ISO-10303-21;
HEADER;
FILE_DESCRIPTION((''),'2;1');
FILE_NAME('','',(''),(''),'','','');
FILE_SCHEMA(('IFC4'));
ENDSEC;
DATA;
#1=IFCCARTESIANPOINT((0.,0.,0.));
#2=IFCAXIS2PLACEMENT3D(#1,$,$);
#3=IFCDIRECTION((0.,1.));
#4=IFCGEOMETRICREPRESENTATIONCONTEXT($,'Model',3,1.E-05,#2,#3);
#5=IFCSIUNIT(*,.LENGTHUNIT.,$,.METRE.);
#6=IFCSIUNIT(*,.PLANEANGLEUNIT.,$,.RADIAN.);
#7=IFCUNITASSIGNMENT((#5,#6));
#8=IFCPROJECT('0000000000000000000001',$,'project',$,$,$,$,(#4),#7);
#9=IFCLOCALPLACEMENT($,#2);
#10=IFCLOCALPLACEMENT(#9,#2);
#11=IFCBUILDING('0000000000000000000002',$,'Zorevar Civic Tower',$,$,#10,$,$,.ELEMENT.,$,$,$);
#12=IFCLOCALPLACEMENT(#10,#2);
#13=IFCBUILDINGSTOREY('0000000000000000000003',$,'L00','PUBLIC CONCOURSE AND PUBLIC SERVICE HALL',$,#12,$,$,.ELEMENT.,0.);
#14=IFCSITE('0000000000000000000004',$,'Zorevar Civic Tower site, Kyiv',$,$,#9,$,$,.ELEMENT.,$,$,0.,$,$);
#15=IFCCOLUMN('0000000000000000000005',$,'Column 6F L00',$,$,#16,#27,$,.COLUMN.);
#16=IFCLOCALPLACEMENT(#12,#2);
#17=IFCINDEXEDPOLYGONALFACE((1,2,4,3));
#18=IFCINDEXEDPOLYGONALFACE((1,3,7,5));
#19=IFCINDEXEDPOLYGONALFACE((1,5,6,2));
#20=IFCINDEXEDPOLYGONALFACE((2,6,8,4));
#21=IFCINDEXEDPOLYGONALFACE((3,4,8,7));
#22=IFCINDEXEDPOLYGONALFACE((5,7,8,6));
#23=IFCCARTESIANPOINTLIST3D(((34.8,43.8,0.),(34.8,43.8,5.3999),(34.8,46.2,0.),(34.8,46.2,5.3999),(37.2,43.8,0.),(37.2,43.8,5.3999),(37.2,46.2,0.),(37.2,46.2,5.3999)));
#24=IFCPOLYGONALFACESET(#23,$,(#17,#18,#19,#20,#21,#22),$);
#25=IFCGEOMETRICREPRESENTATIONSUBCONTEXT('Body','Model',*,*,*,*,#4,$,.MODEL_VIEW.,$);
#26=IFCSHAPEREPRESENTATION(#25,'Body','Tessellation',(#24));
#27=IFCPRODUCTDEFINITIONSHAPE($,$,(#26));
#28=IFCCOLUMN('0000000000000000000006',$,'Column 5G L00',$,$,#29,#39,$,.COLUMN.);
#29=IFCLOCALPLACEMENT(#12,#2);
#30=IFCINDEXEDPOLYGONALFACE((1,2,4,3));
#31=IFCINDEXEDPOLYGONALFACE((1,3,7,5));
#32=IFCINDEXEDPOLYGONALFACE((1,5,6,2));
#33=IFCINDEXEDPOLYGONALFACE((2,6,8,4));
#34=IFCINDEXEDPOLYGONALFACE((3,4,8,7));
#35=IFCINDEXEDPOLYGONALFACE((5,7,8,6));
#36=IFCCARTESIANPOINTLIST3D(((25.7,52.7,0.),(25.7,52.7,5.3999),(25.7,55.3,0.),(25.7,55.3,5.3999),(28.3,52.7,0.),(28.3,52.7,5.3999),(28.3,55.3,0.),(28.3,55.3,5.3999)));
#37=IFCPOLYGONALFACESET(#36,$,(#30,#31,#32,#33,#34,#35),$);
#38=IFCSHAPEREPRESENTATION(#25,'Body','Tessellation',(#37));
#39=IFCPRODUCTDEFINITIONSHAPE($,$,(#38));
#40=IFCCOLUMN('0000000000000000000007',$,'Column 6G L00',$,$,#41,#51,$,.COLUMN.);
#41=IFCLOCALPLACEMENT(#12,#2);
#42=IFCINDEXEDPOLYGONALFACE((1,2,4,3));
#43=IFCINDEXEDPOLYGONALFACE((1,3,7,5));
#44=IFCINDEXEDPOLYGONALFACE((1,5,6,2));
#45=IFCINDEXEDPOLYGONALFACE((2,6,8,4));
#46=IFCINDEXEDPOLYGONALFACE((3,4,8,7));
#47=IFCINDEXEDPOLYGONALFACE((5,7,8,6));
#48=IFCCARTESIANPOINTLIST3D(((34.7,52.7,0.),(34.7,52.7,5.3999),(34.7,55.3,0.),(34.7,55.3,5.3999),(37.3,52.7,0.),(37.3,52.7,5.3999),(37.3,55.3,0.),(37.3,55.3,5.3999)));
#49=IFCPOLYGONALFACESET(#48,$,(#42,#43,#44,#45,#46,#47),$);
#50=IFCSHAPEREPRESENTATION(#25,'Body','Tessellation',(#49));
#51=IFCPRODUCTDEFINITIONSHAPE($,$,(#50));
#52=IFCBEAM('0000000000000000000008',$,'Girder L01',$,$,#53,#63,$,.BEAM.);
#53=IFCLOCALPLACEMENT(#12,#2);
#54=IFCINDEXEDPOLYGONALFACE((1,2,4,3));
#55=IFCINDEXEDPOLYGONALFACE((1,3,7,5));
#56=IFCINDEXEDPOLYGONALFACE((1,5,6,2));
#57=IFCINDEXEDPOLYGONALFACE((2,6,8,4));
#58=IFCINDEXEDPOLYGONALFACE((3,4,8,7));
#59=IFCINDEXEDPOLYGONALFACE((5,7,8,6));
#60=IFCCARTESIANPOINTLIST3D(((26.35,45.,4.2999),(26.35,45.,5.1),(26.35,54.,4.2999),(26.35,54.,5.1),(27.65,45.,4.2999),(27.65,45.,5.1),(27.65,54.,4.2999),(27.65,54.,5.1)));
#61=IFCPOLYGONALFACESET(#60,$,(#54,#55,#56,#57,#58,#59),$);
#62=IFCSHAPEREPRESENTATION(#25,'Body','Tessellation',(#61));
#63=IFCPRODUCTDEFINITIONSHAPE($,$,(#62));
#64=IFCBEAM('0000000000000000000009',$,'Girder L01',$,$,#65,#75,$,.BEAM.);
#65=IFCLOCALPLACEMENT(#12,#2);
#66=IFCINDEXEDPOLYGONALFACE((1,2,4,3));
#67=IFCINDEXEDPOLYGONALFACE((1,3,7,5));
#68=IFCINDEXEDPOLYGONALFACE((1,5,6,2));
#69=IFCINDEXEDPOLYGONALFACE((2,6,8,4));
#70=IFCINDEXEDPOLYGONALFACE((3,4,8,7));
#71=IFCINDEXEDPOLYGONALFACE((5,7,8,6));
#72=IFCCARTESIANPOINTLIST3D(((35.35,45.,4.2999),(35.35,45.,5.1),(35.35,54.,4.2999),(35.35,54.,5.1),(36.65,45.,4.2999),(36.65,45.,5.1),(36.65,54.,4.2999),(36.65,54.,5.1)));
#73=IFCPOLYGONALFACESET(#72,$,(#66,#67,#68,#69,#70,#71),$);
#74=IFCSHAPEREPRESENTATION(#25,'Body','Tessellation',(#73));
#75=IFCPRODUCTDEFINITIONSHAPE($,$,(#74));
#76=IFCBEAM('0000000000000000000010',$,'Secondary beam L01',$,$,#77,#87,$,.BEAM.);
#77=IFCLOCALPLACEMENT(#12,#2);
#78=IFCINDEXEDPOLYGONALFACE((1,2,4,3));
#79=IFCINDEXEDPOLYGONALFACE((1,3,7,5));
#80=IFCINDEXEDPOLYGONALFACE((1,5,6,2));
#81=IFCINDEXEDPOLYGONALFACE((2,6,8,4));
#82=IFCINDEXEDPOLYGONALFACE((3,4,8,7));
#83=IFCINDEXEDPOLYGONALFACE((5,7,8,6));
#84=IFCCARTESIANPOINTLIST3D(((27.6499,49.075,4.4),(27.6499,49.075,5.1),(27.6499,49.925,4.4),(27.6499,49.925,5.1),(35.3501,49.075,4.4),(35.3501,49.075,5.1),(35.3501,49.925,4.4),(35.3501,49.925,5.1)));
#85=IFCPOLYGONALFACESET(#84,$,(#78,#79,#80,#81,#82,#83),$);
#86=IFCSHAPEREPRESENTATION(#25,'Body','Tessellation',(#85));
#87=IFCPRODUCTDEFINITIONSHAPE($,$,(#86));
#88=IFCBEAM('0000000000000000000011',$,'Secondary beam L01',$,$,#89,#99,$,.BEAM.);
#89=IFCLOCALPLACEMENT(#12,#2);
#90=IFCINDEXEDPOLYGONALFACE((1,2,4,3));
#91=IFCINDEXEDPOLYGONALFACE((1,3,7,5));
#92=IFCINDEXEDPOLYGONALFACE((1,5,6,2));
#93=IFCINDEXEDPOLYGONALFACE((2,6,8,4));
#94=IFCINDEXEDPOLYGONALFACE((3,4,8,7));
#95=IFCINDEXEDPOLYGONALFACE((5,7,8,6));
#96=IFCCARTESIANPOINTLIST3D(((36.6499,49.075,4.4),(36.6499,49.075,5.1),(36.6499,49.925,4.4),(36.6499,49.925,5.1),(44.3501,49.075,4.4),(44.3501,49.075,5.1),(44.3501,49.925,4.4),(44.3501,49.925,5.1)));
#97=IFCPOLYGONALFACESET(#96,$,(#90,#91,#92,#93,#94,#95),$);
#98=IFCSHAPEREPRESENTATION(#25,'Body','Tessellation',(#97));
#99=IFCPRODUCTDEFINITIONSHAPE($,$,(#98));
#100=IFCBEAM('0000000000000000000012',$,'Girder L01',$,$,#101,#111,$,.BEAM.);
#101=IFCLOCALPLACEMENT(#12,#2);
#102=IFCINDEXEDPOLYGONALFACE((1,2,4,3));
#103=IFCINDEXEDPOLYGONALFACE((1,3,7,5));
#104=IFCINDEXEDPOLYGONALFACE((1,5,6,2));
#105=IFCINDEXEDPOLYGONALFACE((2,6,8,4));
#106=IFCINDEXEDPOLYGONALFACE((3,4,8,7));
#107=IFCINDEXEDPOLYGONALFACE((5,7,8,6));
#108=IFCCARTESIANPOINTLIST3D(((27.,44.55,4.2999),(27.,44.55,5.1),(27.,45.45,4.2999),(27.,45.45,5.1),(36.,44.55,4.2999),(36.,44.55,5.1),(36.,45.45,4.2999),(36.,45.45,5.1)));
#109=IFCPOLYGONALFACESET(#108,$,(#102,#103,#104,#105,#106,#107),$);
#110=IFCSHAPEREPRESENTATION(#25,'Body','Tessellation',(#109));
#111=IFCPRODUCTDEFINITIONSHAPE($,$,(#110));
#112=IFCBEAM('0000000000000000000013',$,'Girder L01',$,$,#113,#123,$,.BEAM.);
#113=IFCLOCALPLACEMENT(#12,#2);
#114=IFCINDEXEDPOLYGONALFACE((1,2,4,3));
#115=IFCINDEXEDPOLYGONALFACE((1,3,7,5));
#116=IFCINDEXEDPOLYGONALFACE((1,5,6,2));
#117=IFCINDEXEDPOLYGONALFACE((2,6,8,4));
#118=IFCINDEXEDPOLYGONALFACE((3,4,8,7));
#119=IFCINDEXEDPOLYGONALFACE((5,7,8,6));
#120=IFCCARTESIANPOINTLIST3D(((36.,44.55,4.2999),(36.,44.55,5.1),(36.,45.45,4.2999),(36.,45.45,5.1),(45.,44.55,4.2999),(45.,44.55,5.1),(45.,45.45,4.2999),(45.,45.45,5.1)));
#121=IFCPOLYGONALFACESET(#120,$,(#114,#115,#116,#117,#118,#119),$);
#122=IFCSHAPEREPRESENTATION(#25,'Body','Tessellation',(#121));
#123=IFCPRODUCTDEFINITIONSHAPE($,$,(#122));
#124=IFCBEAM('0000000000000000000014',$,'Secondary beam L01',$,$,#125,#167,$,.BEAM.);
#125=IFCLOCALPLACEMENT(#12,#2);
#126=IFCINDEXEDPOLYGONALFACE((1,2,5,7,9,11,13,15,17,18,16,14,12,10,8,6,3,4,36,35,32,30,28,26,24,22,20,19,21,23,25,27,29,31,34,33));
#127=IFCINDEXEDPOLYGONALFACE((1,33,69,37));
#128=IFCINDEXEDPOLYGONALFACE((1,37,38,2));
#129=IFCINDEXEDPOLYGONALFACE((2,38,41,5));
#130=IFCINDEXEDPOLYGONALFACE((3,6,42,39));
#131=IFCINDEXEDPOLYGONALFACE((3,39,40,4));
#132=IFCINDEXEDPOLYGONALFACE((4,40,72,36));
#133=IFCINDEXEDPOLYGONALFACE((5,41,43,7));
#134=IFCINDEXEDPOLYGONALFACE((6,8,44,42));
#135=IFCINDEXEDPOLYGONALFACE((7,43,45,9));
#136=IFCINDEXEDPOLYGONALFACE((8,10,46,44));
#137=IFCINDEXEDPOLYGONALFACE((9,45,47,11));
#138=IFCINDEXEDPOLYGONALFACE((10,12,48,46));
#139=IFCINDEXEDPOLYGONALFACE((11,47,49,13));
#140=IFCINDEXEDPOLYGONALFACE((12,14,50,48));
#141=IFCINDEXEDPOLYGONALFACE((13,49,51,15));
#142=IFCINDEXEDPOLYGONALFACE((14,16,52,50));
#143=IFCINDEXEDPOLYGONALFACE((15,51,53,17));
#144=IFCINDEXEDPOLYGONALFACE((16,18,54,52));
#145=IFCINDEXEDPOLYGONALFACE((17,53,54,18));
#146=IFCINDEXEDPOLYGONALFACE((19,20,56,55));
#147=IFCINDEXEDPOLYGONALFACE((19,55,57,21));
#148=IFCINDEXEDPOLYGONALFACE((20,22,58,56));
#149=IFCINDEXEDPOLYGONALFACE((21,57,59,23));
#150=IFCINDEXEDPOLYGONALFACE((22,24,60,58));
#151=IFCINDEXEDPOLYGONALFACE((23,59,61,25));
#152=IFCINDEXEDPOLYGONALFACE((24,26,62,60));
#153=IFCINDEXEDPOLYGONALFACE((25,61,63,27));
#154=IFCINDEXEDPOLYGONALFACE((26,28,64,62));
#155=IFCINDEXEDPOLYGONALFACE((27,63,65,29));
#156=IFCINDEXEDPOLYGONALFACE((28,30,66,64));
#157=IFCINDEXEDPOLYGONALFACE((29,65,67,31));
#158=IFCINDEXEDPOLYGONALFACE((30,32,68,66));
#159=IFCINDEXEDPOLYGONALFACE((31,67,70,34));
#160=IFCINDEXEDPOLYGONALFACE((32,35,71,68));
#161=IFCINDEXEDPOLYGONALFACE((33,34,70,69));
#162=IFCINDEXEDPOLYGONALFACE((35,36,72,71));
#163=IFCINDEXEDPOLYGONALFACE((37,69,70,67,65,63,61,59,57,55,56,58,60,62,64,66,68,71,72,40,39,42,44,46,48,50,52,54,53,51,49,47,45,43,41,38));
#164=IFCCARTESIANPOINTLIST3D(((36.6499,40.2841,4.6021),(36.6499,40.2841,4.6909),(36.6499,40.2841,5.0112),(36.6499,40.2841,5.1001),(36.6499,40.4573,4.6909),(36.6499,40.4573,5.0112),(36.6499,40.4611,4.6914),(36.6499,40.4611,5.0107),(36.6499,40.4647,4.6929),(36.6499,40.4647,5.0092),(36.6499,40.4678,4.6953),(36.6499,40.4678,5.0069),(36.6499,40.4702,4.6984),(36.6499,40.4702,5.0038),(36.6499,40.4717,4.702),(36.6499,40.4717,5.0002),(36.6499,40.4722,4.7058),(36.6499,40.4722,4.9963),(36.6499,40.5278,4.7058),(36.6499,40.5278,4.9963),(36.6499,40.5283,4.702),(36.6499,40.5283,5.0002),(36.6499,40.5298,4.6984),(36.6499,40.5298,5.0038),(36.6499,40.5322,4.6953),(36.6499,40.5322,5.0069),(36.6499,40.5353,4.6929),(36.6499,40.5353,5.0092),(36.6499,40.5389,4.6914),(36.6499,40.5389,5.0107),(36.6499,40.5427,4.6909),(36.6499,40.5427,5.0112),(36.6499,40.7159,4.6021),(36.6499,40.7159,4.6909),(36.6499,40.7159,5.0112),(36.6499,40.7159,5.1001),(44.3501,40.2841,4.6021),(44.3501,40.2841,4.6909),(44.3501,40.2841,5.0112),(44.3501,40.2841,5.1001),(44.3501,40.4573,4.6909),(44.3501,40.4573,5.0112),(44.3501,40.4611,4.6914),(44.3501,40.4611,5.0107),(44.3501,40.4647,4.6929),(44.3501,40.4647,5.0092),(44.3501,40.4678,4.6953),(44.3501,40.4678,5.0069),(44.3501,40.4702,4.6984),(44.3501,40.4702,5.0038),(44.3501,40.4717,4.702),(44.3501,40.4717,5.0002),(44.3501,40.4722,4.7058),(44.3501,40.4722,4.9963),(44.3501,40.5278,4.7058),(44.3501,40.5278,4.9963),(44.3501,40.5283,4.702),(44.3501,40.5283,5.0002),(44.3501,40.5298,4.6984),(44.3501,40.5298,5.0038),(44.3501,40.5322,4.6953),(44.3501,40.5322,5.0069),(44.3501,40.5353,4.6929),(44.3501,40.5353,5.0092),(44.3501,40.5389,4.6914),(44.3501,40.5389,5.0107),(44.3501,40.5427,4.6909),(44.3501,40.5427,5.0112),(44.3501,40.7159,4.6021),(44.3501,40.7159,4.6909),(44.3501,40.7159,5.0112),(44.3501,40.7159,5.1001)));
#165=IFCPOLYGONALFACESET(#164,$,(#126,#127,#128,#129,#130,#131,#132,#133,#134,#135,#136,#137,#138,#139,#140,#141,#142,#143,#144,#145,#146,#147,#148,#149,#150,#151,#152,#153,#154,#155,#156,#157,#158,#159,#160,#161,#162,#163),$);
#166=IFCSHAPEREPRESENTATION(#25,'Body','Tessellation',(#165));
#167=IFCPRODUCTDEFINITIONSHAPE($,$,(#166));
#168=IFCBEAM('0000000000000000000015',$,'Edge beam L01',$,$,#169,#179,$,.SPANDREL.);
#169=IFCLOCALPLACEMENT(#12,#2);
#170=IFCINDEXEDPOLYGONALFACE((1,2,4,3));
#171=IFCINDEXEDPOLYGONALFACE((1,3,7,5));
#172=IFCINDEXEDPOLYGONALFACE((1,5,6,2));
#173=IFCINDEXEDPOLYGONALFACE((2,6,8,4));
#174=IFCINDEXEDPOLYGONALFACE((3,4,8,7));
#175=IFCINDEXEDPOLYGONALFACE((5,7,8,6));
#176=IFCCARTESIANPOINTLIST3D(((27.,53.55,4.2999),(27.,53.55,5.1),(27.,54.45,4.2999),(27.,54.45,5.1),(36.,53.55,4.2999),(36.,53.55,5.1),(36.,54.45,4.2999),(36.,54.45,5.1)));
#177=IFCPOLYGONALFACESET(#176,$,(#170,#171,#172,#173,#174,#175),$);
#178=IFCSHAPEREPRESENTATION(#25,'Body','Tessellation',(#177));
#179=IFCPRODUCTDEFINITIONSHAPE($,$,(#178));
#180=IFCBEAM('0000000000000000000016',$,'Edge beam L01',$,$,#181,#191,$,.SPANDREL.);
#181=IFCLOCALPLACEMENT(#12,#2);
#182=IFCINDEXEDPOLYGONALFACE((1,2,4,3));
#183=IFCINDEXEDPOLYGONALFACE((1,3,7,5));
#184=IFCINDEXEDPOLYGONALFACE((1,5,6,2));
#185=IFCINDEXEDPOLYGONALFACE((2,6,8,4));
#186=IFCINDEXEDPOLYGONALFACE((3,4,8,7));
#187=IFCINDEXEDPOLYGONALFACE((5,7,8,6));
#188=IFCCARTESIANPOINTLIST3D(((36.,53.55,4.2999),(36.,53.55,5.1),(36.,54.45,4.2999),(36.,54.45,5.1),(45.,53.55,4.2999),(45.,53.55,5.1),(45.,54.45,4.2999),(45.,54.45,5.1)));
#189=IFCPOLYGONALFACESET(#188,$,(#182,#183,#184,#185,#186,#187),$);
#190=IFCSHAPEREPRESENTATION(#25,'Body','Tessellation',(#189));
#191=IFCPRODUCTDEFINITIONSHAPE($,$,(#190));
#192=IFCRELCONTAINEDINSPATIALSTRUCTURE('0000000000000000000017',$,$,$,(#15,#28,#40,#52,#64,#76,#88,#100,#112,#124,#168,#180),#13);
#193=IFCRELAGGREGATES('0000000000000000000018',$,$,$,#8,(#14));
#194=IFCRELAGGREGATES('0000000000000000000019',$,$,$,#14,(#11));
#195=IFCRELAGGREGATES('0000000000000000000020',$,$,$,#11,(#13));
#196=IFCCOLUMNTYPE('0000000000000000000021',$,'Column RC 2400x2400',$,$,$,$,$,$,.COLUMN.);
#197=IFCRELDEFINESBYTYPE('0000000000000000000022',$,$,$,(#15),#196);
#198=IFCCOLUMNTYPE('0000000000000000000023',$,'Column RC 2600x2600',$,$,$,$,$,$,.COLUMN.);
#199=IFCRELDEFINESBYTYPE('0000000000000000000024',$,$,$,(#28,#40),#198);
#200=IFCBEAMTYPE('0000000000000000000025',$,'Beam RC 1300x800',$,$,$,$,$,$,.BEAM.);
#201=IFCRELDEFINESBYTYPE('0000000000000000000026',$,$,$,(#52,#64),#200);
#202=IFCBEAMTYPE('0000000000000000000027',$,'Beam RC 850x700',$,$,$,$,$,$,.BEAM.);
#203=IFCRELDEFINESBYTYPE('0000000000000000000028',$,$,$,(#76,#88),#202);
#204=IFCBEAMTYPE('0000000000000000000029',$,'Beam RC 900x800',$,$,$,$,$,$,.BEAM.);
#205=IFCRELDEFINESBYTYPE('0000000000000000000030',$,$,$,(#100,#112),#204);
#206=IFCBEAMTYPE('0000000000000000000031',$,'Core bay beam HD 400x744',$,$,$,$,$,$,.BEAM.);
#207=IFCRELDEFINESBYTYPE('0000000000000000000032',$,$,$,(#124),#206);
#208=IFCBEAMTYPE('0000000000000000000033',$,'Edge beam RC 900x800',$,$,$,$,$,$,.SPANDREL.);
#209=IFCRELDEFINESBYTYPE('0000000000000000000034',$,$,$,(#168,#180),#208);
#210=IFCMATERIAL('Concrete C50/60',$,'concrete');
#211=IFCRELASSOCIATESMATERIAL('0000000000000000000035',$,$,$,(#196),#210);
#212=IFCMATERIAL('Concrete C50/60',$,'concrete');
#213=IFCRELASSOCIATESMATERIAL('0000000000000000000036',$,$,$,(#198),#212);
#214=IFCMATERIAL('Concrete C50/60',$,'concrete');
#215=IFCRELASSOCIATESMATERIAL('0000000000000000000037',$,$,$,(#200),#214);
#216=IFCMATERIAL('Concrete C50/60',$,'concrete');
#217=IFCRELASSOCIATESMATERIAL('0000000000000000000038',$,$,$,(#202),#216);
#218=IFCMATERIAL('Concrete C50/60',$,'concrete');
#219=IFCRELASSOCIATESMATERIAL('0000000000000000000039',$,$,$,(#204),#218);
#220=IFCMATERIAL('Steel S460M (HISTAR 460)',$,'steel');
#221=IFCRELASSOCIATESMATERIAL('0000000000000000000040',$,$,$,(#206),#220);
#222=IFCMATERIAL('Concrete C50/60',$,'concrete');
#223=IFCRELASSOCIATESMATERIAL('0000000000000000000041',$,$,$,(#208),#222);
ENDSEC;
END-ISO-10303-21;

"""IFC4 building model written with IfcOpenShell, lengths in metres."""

from ifc_helpers import new_model, si_unit, direction, frame, origin, origin_2d, place, context, subcontext, project, spatial, rectangle, i_section, extrude, material, material_profile, profile_set, type_object, element, save


model = new_model("IFC4")

# Units and contexts
model_context = context("Model", 3, precision=1e-05, world=origin(), true_north=direction((0.0, 1.0)))
body_context = subcontext(model_context, "Body", "Model", "MODEL_VIEW")
ifc_project = project(units=[si_unit("LENGTHUNIT", "METRE"), si_unit("PLANEANGLEUNIT", "RADIAN")], contexts=[model_context])

# Site, building, storey
site_placement = place(None, origin())
site = spatial("IfcSite", under=ifc_project, at=site_placement, Name="Zorevar Civic Tower site, Kyiv", CompositionType="ELEMENT", RefElevation=0.0)
building_placement = place(site_placement, origin())
building = spatial("IfcBuilding", under=site, at=building_placement, Name="Zorevar Civic Tower", CompositionType="ELEMENT")
storey_placement = place(building_placement, origin())
storey = spatial("IfcBuildingStorey", under=building, at=storey_placement, Name="L00", Description="PUBLIC CONCOURSE AND PUBLIC SERVICE HALL", CompositionType="ELEMENT", Elevation=0.0)

# Columns
ifc_material_1 = material(Name="Concrete C50/60", Category="concrete")
ifc_material_profile_1 = material_profile(ifc_material_1, rectangle(XDim=2.3999, YDim=2.3999, at=origin_2d()), Name="RC 2400x2400")
ifc_profile_set_1 = profile_set([ifc_material_profile_1], Name="Concrete C50/60")
column_type_1 = type_object("IfcColumnType", Name="Column RC 2400x2400", PredefinedType="COLUMN", material=ifc_profile_set_1)
column_placement = place(storey_placement, frame((36.0, 45.0, 0.0), z_axis=(0.0, 0.0, 1.0), x_axis=(1.0, 0.0, 0.0)))
element("IfcColumn", 1, at=column_placement, inside=storey, type_object=column_type_1, Name="Column 6F L00", PredefinedType="COLUMN", context=body_context, shape_type="SweptSolid", body=[
    extrude(rectangle(XDim=2.3999, YDim=2.3999, at=origin_2d()), origin(), (0.0, 0.0, 1.0), 5.3999),
])
ifc_material_2 = material(Name="Concrete C50/60", Category="concrete")
ifc_material_profile_2 = material_profile(ifc_material_2, rectangle(XDim=2.6001, YDim=2.6001, at=origin_2d()), Name="RC 2600x2600")
ifc_profile_set_2 = profile_set([ifc_material_profile_2], Name="Concrete C50/60")
column_type_2 = type_object("IfcColumnType", Name="Column RC 2600x2600", PredefinedType="COLUMN", material=ifc_profile_set_2)
for number, where, z_axis, x_axis, name in (
    (2, (27.0, 54.0, 0.0), (0.0, 0.0, 1.0), (1.0, 0.0, 0.0), "Column 5G L00"),
    (3, (36.0, 54.0, 0.0), (0.0, 0.0, 1.0), (1.0, 0.0, 0.0), "Column 6G L00"),
):
    element("IfcColumn", number, at=place(storey_placement, frame(where, z_axis=z_axis, x_axis=x_axis)), inside=storey, type_object=column_type_2, Name=name, PredefinedType="COLUMN", context=body_context, shape_type="SweptSolid", body=[
        extrude(rectangle(XDim=2.6001, YDim=2.6001, at=origin_2d()), origin(), (0.0, 0.0, 1.0), 5.3999),
    ])

# Beams
ifc_material_3 = material(Name="Concrete C50/60", Category="concrete")
ifc_material_profile_3 = material_profile(ifc_material_3, rectangle(XDim=1.3, YDim=0.8, at=origin_2d()), Name="RC 1300x800")
ifc_profile_set_3 = profile_set([ifc_material_profile_3], Name="Concrete C50/60")
beam_type_1 = type_object("IfcBeamType", Name="Beam RC 1300x800", PredefinedType="BEAM", material=ifc_profile_set_3)
for number, where, z_axis, x_axis, name in (
    (4, (27.0, 45.0, 4.7), (0.0, 1.0, 0.0), (-1.0, 0.0, 0.0), "Girder L01"),
    (5, (36.0, 45.0, 4.7), (0.0, 1.0, 0.0), (-1.0, 0.0, 0.0), "Girder L01"),
):
    element("IfcBeam", number, at=place(storey_placement, frame(where, z_axis=z_axis, x_axis=x_axis)), inside=storey, type_object=beam_type_1, Name=name, PredefinedType="BEAM", context=body_context, shape_type="SweptSolid", body=[
        extrude(rectangle(XDim=1.3, YDim=0.8, at=origin_2d()), origin(), (0.0, 0.0, 1.0), 9.0),
    ])
ifc_material_4 = material(Name="Concrete C50/60", Category="concrete")
ifc_material_profile_4 = material_profile(ifc_material_4, rectangle(XDim=0.8501, YDim=0.7, at=origin_2d()), Name="RC 850x700")
ifc_profile_set_4 = profile_set([ifc_material_profile_4], Name="Concrete C50/60")
beam_type_2 = type_object("IfcBeamType", Name="Beam RC 850x700", PredefinedType="BEAM", material=ifc_profile_set_4)
for number, where, z_axis, x_axis, name in (
    (6, (27.6499, 49.5, 4.75), (1.0, 0.0, 0.0), (0.0, 1.0, 0.0), "Secondary beam L01"),
    (7, (36.6499, 49.5, 4.75), (1.0, 0.0, 0.0), (0.0, 1.0, 0.0), "Secondary beam L01"),
):
    element("IfcBeam", number, at=place(storey_placement, frame(where, z_axis=z_axis, x_axis=x_axis)), inside=storey, type_object=beam_type_2, Name=name, PredefinedType="BEAM", context=body_context, shape_type="SweptSolid", body=[
        extrude(rectangle(XDim=0.8501, YDim=0.7, at=origin_2d()), origin(), (0.0, 0.0, 1.0), 7.7002),
    ])
ifc_material_5 = material(Name="Concrete C50/60", Category="concrete")
ifc_material_profile_5 = material_profile(ifc_material_5, rectangle(XDim=0.8999, YDim=0.8, at=origin_2d()), Name="RC 900x800")
ifc_profile_set_5 = profile_set([ifc_material_profile_5], Name="Concrete C50/60")
beam_type_3 = type_object("IfcBeamType", Name="Beam RC 900x800", PredefinedType="BEAM", material=ifc_profile_set_5)
for number, where, z_axis, x_axis, name in (
    (8, (27.0, 45.0, 4.7), (1.0, 0.0, 0.0), (0.0, 1.0, 0.0), "Girder L01"),
    (9, (36.0, 45.0, 4.7), (1.0, 0.0, 0.0), (0.0, 1.0, 0.0), "Girder L01"),
):
    element("IfcBeam", number, at=place(storey_placement, frame(where, z_axis=z_axis, x_axis=x_axis)), inside=storey, type_object=beam_type_3, Name=name, PredefinedType="BEAM", context=body_context, shape_type="SweptSolid", body=[
        extrude(rectangle(XDim=0.8999, YDim=0.8, at=origin_2d()), origin(), (0.0, 0.0, 1.0), 9.0),
    ])
ifc_material_6 = material(Name="Steel S460M (HISTAR 460)", Category="steel")
ifc_material_profile_6 = material_profile(ifc_material_6, i_section(OverallWidth=0.4319, OverallDepth=0.498, WebThickness=0.0557, FlangeThickness=0.0889, FilletRadius=0.0149, at=origin_2d()), Name="HD 400x744")
ifc_profile_set_6 = profile_set([ifc_material_profile_6], Name="Steel S460M (HISTAR 460)")
beam_type_4 = type_object("IfcBeamType", Name="Core bay beam HD 400x744", PredefinedType="BEAM", material=ifc_profile_set_6)
beam_placement = place(storey_placement, frame((36.6499, 40.5, 4.8511), z_axis=(1.0, 0.0, 0.0), x_axis=(0.0, 1.0, 0.0)))
element("IfcBeam", 10, at=beam_placement, inside=storey, type_object=beam_type_4, Name="Secondary beam L01", PredefinedType="BEAM", context=body_context, shape_type="SweptSolid", body=[
    extrude(i_section(OverallWidth=0.4319, OverallDepth=0.498, WebThickness=0.0557, FlangeThickness=0.0889, FilletRadius=0.0149, at=origin_2d()), origin(), (0.0, 0.0, 1.0), 7.7002),
])
ifc_material_7 = material(Name="Concrete C50/60", Category="concrete")
ifc_material_profile_7 = material_profile(ifc_material_7, rectangle(XDim=0.8999, YDim=0.8, at=origin_2d()), Name="RC 900x800")
ifc_profile_set_7 = profile_set([ifc_material_profile_7], Name="Concrete C50/60")
beam_type_5 = type_object("IfcBeamType", Name="Edge beam RC 900x800", PredefinedType="SPANDREL", material=ifc_profile_set_7)
for number, where, z_axis, x_axis, name in (
    (11, (27.0, 54.0, 4.7), (1.0, 0.0, 0.0), (0.0, 1.0, 0.0), "Edge beam L01"),
    (12, (36.0, 54.0, 4.7), (1.0, 0.0, 0.0), (0.0, 1.0, 0.0), "Edge beam L01"),
):
    element("IfcBeam", number, at=place(storey_placement, frame(where, z_axis=z_axis, x_axis=x_axis)), inside=storey, type_object=beam_type_5, Name=name, PredefinedType="SPANDREL", context=body_context, shape_type="SweptSolid", body=[
        extrude(rectangle(XDim=0.8999, YDim=0.8, at=origin_2d()), origin(), (0.0, 0.0, 1.0), 9.0),
    ])

save(model, "model.ifc")
